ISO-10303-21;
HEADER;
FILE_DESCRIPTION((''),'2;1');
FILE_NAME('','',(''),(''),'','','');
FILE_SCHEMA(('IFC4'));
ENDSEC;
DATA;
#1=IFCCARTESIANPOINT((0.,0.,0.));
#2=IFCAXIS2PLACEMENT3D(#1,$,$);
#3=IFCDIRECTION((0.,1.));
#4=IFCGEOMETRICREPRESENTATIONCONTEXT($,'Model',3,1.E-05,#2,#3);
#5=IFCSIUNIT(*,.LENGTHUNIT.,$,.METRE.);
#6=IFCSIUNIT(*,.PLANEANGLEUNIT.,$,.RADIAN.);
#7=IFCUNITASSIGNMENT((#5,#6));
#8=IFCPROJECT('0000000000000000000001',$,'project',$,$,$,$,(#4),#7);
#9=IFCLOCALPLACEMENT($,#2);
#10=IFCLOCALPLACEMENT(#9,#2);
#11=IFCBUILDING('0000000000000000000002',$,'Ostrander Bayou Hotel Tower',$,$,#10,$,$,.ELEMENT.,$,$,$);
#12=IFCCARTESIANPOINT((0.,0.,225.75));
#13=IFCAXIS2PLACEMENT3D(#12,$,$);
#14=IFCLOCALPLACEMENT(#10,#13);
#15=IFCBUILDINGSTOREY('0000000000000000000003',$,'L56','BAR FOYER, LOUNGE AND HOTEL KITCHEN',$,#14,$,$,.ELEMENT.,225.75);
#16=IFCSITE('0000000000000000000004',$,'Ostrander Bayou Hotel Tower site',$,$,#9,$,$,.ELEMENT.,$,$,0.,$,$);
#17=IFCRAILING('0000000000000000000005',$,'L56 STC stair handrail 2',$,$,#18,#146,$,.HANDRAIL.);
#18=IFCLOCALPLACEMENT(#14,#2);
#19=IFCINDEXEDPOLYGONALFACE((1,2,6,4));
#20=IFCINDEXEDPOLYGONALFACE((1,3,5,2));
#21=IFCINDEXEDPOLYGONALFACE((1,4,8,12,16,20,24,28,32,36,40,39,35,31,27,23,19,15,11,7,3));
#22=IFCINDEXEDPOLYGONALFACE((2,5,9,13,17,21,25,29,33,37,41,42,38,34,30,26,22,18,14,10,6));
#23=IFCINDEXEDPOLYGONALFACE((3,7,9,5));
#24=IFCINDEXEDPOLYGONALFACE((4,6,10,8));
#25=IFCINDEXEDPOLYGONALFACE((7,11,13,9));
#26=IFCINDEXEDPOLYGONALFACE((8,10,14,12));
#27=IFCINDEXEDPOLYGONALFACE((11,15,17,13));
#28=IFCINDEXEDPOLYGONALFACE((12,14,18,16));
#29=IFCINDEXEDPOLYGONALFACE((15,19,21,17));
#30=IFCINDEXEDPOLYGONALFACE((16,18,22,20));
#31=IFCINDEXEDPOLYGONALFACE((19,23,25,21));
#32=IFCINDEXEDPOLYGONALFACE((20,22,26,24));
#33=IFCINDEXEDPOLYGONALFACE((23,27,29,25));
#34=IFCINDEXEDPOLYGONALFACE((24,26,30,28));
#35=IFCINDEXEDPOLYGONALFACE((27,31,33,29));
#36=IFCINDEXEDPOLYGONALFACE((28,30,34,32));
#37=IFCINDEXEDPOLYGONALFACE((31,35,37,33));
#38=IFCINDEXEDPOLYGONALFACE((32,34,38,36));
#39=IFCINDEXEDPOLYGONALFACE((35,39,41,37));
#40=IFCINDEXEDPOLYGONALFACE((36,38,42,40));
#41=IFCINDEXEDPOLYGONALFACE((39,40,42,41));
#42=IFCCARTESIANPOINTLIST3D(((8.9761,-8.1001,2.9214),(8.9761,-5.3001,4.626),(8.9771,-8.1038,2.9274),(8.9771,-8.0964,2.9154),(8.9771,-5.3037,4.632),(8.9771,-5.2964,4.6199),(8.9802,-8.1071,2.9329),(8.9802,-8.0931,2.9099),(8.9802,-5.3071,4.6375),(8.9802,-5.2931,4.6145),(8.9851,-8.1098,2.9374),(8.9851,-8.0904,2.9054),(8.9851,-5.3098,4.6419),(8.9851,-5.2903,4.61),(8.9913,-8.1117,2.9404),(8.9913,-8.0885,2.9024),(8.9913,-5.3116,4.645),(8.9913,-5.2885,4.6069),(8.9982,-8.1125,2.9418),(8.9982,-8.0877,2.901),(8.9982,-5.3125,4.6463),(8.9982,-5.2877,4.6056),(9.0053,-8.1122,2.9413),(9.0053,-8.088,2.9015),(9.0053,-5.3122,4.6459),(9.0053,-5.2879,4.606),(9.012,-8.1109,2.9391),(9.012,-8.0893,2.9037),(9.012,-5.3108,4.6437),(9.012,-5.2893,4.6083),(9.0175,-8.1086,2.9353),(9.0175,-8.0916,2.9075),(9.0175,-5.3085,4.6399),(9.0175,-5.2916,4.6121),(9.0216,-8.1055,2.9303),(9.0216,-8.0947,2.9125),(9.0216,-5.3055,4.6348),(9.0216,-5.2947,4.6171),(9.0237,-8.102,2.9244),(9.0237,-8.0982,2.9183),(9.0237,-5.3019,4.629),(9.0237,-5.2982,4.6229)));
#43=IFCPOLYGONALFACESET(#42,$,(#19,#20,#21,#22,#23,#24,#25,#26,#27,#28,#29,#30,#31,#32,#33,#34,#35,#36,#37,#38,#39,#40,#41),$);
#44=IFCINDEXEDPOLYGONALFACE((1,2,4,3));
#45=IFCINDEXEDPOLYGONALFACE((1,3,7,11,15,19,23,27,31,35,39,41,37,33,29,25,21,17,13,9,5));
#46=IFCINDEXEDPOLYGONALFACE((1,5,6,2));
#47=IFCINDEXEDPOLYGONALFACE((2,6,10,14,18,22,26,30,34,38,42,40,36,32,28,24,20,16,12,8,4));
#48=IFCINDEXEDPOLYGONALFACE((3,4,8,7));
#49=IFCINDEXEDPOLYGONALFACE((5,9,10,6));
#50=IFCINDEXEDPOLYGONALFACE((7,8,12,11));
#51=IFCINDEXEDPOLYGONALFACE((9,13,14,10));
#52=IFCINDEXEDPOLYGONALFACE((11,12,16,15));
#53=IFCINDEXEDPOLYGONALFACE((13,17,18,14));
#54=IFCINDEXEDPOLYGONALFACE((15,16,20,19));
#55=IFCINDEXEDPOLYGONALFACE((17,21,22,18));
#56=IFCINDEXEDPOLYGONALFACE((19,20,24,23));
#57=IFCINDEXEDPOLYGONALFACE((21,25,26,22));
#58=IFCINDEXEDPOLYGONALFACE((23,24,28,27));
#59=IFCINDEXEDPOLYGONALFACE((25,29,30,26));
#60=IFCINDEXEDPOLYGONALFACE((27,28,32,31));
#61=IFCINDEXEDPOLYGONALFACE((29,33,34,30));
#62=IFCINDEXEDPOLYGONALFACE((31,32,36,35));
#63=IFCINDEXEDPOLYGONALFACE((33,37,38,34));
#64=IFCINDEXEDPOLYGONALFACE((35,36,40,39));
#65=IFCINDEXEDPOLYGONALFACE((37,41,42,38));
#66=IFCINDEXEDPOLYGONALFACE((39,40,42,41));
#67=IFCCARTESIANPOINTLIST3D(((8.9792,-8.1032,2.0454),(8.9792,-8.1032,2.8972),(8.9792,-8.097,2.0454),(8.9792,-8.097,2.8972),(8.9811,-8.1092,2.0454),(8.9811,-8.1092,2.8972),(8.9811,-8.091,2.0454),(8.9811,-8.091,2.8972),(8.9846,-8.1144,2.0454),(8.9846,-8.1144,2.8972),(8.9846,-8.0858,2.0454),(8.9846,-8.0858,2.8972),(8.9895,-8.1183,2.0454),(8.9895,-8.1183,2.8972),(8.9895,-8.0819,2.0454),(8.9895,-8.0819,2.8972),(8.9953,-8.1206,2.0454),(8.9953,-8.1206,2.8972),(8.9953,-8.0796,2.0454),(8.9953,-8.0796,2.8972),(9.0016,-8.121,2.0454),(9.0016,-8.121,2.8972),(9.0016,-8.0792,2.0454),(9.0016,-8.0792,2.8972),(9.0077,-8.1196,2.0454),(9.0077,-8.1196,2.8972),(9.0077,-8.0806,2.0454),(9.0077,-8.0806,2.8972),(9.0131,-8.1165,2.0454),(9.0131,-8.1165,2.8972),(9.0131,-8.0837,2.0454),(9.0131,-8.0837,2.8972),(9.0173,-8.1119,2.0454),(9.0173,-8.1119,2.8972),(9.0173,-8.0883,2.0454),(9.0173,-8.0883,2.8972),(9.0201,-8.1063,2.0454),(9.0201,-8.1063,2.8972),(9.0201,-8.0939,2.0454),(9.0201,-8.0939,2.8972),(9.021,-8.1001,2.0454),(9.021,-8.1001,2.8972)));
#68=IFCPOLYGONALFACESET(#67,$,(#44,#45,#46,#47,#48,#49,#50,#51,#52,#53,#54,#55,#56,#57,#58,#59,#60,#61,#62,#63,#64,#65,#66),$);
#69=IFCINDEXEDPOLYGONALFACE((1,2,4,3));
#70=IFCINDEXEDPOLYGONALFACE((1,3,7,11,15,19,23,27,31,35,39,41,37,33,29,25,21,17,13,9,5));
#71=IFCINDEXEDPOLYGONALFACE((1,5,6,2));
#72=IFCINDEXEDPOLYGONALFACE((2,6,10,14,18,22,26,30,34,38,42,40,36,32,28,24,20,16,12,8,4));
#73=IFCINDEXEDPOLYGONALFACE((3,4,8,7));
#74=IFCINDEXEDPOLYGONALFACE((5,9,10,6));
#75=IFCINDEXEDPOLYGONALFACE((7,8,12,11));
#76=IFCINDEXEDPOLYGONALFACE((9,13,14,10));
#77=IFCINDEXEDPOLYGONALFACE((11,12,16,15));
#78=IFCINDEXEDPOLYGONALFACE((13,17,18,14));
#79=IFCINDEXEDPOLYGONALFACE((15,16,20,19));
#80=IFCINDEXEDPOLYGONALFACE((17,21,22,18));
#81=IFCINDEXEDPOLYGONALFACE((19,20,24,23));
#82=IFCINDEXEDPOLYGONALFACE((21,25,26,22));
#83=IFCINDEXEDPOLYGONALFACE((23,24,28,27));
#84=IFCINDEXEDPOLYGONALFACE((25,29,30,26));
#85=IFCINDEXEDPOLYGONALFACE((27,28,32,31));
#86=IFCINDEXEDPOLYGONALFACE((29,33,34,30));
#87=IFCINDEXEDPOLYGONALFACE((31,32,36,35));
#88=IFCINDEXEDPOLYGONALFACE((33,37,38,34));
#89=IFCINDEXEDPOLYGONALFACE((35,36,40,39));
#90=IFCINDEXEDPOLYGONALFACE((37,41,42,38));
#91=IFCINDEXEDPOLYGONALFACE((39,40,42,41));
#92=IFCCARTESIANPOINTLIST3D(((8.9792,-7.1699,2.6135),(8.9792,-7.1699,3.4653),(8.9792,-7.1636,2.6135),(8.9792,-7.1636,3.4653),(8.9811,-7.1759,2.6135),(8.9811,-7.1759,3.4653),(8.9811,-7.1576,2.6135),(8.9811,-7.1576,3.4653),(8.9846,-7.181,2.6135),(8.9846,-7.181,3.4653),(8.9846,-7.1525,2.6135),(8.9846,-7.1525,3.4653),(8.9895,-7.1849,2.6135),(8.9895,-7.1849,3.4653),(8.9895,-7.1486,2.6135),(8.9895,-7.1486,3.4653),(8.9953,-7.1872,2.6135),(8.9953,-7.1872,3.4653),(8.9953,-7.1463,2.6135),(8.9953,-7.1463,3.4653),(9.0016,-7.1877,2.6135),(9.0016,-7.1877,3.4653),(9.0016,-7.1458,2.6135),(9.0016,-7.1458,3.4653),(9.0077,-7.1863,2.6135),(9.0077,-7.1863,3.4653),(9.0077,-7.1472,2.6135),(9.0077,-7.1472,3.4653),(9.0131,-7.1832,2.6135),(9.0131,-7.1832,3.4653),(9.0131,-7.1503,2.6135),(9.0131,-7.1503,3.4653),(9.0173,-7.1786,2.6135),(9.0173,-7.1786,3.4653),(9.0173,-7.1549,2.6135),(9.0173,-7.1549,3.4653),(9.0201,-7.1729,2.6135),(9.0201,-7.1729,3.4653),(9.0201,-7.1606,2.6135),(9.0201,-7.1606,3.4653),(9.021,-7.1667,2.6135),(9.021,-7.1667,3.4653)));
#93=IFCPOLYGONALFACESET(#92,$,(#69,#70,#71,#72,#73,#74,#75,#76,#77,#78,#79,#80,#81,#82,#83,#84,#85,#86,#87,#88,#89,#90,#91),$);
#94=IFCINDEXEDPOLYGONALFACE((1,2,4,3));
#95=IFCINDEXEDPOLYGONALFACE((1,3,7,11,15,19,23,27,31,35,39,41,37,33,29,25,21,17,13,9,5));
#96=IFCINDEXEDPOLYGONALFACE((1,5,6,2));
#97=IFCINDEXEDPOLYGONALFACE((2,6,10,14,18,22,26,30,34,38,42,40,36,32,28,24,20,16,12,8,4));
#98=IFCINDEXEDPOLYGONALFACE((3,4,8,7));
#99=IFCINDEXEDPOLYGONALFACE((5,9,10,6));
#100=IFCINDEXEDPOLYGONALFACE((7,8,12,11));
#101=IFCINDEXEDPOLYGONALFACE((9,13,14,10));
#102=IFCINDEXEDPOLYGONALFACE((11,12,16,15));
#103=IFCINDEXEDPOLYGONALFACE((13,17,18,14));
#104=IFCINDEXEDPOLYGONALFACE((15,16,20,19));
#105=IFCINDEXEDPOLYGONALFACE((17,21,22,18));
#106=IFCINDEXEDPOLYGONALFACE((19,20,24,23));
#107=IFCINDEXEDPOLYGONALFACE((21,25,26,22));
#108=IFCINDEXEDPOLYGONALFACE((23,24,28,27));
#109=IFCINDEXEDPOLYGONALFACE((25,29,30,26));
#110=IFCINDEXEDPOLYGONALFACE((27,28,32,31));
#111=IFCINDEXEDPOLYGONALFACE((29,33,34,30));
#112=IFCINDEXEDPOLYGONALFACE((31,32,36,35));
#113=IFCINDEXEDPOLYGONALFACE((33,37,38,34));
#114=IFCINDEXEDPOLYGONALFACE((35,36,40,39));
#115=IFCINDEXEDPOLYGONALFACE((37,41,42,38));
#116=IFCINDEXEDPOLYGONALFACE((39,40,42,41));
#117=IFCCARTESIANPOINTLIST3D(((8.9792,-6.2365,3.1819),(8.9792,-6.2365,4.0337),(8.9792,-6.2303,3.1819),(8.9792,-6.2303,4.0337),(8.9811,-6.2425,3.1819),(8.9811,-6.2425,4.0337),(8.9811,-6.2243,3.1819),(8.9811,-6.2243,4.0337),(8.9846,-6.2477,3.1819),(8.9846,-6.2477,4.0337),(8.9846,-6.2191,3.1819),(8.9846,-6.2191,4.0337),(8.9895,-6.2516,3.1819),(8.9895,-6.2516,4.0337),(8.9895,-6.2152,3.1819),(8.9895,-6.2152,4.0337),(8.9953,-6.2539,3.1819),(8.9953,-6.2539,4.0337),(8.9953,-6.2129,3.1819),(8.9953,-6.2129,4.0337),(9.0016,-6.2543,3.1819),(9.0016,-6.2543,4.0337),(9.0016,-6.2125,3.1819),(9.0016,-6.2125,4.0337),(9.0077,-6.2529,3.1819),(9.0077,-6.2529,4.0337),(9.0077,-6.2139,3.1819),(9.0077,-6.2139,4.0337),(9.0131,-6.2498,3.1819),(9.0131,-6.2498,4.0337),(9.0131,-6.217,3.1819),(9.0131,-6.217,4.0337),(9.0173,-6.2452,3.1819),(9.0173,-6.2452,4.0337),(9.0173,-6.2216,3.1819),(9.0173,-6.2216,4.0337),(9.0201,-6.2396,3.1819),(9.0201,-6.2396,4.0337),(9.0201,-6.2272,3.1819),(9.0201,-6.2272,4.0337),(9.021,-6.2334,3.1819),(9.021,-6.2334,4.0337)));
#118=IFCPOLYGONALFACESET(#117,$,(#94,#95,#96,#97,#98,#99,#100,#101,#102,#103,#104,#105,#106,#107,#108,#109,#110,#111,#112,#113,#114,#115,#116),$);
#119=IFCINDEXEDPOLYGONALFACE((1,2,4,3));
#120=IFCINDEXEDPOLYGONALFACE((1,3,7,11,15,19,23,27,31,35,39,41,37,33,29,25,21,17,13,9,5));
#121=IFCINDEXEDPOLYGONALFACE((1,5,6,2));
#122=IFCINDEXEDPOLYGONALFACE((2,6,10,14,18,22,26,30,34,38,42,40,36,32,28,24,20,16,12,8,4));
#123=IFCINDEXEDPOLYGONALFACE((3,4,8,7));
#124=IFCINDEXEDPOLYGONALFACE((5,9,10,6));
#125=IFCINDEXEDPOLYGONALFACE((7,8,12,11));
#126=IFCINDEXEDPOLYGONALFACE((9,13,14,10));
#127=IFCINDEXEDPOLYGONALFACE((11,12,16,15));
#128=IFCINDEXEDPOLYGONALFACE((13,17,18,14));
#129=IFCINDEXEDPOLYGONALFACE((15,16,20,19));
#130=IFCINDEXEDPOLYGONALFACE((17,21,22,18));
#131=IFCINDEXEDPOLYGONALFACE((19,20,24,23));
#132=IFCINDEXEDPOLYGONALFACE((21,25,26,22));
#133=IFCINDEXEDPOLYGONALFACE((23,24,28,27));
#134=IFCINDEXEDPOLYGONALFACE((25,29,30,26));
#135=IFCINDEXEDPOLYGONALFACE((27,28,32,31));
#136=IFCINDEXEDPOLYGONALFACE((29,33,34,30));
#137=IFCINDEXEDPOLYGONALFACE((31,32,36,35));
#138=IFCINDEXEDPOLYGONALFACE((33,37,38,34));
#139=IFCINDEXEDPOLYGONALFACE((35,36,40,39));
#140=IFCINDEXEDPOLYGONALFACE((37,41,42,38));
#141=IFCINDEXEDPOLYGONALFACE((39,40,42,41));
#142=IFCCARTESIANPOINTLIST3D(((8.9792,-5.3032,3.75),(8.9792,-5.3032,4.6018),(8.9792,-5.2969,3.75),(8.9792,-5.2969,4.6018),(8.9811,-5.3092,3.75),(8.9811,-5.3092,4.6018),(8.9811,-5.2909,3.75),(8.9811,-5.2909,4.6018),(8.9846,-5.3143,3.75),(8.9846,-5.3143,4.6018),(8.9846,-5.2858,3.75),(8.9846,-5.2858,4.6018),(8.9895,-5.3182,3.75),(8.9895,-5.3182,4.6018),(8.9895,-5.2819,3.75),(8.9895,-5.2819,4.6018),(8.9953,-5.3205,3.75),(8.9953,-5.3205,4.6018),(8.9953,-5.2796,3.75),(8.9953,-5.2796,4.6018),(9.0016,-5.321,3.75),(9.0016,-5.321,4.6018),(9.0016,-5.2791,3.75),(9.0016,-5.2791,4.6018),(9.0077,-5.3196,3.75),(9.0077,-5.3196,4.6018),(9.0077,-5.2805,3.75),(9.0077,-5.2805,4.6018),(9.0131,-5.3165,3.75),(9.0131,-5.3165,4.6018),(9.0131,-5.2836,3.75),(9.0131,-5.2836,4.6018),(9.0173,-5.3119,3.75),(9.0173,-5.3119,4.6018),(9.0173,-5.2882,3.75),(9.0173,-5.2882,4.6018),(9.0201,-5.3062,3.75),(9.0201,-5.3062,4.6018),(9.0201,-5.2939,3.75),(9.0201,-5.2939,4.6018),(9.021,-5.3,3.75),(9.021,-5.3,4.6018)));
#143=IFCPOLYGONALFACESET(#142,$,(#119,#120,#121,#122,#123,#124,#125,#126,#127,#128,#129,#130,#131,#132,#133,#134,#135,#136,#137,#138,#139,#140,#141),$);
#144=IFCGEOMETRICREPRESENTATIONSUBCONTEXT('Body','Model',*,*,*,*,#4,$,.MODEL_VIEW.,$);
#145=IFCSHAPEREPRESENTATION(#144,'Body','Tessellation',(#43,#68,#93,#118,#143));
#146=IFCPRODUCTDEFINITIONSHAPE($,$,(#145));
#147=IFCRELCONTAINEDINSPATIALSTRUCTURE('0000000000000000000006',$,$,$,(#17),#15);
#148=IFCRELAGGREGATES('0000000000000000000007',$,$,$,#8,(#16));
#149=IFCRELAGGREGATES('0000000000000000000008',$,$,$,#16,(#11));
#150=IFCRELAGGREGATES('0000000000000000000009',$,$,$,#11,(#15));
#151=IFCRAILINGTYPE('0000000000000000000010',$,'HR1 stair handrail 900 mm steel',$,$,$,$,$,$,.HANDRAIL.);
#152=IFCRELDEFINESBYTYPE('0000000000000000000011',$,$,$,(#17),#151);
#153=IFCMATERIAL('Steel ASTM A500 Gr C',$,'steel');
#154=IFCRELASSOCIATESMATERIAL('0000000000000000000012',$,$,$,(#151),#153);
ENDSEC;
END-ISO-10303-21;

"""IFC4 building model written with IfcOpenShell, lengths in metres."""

from ifc_helpers import new_model, si_unit, direction, frame, origin, origin_2d, place, context, subcontext, project, spatial, circle, extrude, material, type_object, element, save


model = new_model("IFC4")

# Units and contexts
model_context = context("Model", 3, precision=1e-05, world=origin(), true_north=direction((0.0, 1.0)))
body_context = subcontext(model_context, "Body", "Model", "MODEL_VIEW")
ifc_project = project(units=[si_unit("LENGTHUNIT", "METRE"), si_unit("PLANEANGLEUNIT", "RADIAN")], contexts=[model_context])

# Site, building, storey
site_placement = place(None, origin())
site = spatial("IfcSite", under=ifc_project, at=site_placement, Name="Ostrander Bayou Hotel Tower site", CompositionType="ELEMENT", RefElevation=0.0)
building_placement = place(site_placement, origin())
building = spatial("IfcBuilding", under=site, at=building_placement, Name="Ostrander Bayou Hotel Tower", CompositionType="ELEMENT")
storey_placement = place(building_placement, frame((0.0, 0.0, 225.75)))
storey = spatial("IfcBuildingStorey", under=building, at=storey_placement, Name="L56", Description="BAR FOYER, LOUNGE AND HOTEL KITCHEN", CompositionType="ELEMENT", Elevation=225.75)

# Railing
ifc_material_1 = material(Name="Steel ASTM A500 Gr C", Category="steel")
railing_type_1 = type_object("IfcRailingType", Name="HR1 stair handrail 900 mm steel", PredefinedType="HANDRAIL", material=ifc_material_1)
railing_1_placement = place(storey_placement, frame((9.0, -8.1001, 2.0454)))
element("IfcRailing", 1, at=railing_1_placement, inside=storey, type_object=railing_type_1, Name="L56 STC stair handrail 2", PredefinedType="HANDRAIL", context=body_context, shape_type="SweptSolid", body=[
    extrude(circle(Radius=0.0239, at=origin_2d()), frame((0.0, 0.0, 0.876), z_axis=(0.0, 0.85417, 0.519994), x_axis=(-1.0, 0.0, 0.0)), (0.0, 0.0, 1.0), 3.2781),
    extrude(circle(Radius=0.021, at=origin_2d()), origin(), (0.0, 0.0, 1.0), 0.8518),
    extrude(circle(Radius=0.021, at=origin_2d()), frame((0.0, 0.9333, 0.5681)), (0.0, 0.0, 1.0), 0.8518),
    extrude(circle(Radius=0.021, at=origin_2d()), frame((0.0, 1.8667, 1.1365)), (0.0, 0.0, 1.0), 0.8518),
    extrude(circle(Radius=0.021, at=origin_2d()), frame((0.0, 2.8, 1.7046)), (0.0, 0.0, 1.0), 0.8518),
])

save(model, "model.ifc")
